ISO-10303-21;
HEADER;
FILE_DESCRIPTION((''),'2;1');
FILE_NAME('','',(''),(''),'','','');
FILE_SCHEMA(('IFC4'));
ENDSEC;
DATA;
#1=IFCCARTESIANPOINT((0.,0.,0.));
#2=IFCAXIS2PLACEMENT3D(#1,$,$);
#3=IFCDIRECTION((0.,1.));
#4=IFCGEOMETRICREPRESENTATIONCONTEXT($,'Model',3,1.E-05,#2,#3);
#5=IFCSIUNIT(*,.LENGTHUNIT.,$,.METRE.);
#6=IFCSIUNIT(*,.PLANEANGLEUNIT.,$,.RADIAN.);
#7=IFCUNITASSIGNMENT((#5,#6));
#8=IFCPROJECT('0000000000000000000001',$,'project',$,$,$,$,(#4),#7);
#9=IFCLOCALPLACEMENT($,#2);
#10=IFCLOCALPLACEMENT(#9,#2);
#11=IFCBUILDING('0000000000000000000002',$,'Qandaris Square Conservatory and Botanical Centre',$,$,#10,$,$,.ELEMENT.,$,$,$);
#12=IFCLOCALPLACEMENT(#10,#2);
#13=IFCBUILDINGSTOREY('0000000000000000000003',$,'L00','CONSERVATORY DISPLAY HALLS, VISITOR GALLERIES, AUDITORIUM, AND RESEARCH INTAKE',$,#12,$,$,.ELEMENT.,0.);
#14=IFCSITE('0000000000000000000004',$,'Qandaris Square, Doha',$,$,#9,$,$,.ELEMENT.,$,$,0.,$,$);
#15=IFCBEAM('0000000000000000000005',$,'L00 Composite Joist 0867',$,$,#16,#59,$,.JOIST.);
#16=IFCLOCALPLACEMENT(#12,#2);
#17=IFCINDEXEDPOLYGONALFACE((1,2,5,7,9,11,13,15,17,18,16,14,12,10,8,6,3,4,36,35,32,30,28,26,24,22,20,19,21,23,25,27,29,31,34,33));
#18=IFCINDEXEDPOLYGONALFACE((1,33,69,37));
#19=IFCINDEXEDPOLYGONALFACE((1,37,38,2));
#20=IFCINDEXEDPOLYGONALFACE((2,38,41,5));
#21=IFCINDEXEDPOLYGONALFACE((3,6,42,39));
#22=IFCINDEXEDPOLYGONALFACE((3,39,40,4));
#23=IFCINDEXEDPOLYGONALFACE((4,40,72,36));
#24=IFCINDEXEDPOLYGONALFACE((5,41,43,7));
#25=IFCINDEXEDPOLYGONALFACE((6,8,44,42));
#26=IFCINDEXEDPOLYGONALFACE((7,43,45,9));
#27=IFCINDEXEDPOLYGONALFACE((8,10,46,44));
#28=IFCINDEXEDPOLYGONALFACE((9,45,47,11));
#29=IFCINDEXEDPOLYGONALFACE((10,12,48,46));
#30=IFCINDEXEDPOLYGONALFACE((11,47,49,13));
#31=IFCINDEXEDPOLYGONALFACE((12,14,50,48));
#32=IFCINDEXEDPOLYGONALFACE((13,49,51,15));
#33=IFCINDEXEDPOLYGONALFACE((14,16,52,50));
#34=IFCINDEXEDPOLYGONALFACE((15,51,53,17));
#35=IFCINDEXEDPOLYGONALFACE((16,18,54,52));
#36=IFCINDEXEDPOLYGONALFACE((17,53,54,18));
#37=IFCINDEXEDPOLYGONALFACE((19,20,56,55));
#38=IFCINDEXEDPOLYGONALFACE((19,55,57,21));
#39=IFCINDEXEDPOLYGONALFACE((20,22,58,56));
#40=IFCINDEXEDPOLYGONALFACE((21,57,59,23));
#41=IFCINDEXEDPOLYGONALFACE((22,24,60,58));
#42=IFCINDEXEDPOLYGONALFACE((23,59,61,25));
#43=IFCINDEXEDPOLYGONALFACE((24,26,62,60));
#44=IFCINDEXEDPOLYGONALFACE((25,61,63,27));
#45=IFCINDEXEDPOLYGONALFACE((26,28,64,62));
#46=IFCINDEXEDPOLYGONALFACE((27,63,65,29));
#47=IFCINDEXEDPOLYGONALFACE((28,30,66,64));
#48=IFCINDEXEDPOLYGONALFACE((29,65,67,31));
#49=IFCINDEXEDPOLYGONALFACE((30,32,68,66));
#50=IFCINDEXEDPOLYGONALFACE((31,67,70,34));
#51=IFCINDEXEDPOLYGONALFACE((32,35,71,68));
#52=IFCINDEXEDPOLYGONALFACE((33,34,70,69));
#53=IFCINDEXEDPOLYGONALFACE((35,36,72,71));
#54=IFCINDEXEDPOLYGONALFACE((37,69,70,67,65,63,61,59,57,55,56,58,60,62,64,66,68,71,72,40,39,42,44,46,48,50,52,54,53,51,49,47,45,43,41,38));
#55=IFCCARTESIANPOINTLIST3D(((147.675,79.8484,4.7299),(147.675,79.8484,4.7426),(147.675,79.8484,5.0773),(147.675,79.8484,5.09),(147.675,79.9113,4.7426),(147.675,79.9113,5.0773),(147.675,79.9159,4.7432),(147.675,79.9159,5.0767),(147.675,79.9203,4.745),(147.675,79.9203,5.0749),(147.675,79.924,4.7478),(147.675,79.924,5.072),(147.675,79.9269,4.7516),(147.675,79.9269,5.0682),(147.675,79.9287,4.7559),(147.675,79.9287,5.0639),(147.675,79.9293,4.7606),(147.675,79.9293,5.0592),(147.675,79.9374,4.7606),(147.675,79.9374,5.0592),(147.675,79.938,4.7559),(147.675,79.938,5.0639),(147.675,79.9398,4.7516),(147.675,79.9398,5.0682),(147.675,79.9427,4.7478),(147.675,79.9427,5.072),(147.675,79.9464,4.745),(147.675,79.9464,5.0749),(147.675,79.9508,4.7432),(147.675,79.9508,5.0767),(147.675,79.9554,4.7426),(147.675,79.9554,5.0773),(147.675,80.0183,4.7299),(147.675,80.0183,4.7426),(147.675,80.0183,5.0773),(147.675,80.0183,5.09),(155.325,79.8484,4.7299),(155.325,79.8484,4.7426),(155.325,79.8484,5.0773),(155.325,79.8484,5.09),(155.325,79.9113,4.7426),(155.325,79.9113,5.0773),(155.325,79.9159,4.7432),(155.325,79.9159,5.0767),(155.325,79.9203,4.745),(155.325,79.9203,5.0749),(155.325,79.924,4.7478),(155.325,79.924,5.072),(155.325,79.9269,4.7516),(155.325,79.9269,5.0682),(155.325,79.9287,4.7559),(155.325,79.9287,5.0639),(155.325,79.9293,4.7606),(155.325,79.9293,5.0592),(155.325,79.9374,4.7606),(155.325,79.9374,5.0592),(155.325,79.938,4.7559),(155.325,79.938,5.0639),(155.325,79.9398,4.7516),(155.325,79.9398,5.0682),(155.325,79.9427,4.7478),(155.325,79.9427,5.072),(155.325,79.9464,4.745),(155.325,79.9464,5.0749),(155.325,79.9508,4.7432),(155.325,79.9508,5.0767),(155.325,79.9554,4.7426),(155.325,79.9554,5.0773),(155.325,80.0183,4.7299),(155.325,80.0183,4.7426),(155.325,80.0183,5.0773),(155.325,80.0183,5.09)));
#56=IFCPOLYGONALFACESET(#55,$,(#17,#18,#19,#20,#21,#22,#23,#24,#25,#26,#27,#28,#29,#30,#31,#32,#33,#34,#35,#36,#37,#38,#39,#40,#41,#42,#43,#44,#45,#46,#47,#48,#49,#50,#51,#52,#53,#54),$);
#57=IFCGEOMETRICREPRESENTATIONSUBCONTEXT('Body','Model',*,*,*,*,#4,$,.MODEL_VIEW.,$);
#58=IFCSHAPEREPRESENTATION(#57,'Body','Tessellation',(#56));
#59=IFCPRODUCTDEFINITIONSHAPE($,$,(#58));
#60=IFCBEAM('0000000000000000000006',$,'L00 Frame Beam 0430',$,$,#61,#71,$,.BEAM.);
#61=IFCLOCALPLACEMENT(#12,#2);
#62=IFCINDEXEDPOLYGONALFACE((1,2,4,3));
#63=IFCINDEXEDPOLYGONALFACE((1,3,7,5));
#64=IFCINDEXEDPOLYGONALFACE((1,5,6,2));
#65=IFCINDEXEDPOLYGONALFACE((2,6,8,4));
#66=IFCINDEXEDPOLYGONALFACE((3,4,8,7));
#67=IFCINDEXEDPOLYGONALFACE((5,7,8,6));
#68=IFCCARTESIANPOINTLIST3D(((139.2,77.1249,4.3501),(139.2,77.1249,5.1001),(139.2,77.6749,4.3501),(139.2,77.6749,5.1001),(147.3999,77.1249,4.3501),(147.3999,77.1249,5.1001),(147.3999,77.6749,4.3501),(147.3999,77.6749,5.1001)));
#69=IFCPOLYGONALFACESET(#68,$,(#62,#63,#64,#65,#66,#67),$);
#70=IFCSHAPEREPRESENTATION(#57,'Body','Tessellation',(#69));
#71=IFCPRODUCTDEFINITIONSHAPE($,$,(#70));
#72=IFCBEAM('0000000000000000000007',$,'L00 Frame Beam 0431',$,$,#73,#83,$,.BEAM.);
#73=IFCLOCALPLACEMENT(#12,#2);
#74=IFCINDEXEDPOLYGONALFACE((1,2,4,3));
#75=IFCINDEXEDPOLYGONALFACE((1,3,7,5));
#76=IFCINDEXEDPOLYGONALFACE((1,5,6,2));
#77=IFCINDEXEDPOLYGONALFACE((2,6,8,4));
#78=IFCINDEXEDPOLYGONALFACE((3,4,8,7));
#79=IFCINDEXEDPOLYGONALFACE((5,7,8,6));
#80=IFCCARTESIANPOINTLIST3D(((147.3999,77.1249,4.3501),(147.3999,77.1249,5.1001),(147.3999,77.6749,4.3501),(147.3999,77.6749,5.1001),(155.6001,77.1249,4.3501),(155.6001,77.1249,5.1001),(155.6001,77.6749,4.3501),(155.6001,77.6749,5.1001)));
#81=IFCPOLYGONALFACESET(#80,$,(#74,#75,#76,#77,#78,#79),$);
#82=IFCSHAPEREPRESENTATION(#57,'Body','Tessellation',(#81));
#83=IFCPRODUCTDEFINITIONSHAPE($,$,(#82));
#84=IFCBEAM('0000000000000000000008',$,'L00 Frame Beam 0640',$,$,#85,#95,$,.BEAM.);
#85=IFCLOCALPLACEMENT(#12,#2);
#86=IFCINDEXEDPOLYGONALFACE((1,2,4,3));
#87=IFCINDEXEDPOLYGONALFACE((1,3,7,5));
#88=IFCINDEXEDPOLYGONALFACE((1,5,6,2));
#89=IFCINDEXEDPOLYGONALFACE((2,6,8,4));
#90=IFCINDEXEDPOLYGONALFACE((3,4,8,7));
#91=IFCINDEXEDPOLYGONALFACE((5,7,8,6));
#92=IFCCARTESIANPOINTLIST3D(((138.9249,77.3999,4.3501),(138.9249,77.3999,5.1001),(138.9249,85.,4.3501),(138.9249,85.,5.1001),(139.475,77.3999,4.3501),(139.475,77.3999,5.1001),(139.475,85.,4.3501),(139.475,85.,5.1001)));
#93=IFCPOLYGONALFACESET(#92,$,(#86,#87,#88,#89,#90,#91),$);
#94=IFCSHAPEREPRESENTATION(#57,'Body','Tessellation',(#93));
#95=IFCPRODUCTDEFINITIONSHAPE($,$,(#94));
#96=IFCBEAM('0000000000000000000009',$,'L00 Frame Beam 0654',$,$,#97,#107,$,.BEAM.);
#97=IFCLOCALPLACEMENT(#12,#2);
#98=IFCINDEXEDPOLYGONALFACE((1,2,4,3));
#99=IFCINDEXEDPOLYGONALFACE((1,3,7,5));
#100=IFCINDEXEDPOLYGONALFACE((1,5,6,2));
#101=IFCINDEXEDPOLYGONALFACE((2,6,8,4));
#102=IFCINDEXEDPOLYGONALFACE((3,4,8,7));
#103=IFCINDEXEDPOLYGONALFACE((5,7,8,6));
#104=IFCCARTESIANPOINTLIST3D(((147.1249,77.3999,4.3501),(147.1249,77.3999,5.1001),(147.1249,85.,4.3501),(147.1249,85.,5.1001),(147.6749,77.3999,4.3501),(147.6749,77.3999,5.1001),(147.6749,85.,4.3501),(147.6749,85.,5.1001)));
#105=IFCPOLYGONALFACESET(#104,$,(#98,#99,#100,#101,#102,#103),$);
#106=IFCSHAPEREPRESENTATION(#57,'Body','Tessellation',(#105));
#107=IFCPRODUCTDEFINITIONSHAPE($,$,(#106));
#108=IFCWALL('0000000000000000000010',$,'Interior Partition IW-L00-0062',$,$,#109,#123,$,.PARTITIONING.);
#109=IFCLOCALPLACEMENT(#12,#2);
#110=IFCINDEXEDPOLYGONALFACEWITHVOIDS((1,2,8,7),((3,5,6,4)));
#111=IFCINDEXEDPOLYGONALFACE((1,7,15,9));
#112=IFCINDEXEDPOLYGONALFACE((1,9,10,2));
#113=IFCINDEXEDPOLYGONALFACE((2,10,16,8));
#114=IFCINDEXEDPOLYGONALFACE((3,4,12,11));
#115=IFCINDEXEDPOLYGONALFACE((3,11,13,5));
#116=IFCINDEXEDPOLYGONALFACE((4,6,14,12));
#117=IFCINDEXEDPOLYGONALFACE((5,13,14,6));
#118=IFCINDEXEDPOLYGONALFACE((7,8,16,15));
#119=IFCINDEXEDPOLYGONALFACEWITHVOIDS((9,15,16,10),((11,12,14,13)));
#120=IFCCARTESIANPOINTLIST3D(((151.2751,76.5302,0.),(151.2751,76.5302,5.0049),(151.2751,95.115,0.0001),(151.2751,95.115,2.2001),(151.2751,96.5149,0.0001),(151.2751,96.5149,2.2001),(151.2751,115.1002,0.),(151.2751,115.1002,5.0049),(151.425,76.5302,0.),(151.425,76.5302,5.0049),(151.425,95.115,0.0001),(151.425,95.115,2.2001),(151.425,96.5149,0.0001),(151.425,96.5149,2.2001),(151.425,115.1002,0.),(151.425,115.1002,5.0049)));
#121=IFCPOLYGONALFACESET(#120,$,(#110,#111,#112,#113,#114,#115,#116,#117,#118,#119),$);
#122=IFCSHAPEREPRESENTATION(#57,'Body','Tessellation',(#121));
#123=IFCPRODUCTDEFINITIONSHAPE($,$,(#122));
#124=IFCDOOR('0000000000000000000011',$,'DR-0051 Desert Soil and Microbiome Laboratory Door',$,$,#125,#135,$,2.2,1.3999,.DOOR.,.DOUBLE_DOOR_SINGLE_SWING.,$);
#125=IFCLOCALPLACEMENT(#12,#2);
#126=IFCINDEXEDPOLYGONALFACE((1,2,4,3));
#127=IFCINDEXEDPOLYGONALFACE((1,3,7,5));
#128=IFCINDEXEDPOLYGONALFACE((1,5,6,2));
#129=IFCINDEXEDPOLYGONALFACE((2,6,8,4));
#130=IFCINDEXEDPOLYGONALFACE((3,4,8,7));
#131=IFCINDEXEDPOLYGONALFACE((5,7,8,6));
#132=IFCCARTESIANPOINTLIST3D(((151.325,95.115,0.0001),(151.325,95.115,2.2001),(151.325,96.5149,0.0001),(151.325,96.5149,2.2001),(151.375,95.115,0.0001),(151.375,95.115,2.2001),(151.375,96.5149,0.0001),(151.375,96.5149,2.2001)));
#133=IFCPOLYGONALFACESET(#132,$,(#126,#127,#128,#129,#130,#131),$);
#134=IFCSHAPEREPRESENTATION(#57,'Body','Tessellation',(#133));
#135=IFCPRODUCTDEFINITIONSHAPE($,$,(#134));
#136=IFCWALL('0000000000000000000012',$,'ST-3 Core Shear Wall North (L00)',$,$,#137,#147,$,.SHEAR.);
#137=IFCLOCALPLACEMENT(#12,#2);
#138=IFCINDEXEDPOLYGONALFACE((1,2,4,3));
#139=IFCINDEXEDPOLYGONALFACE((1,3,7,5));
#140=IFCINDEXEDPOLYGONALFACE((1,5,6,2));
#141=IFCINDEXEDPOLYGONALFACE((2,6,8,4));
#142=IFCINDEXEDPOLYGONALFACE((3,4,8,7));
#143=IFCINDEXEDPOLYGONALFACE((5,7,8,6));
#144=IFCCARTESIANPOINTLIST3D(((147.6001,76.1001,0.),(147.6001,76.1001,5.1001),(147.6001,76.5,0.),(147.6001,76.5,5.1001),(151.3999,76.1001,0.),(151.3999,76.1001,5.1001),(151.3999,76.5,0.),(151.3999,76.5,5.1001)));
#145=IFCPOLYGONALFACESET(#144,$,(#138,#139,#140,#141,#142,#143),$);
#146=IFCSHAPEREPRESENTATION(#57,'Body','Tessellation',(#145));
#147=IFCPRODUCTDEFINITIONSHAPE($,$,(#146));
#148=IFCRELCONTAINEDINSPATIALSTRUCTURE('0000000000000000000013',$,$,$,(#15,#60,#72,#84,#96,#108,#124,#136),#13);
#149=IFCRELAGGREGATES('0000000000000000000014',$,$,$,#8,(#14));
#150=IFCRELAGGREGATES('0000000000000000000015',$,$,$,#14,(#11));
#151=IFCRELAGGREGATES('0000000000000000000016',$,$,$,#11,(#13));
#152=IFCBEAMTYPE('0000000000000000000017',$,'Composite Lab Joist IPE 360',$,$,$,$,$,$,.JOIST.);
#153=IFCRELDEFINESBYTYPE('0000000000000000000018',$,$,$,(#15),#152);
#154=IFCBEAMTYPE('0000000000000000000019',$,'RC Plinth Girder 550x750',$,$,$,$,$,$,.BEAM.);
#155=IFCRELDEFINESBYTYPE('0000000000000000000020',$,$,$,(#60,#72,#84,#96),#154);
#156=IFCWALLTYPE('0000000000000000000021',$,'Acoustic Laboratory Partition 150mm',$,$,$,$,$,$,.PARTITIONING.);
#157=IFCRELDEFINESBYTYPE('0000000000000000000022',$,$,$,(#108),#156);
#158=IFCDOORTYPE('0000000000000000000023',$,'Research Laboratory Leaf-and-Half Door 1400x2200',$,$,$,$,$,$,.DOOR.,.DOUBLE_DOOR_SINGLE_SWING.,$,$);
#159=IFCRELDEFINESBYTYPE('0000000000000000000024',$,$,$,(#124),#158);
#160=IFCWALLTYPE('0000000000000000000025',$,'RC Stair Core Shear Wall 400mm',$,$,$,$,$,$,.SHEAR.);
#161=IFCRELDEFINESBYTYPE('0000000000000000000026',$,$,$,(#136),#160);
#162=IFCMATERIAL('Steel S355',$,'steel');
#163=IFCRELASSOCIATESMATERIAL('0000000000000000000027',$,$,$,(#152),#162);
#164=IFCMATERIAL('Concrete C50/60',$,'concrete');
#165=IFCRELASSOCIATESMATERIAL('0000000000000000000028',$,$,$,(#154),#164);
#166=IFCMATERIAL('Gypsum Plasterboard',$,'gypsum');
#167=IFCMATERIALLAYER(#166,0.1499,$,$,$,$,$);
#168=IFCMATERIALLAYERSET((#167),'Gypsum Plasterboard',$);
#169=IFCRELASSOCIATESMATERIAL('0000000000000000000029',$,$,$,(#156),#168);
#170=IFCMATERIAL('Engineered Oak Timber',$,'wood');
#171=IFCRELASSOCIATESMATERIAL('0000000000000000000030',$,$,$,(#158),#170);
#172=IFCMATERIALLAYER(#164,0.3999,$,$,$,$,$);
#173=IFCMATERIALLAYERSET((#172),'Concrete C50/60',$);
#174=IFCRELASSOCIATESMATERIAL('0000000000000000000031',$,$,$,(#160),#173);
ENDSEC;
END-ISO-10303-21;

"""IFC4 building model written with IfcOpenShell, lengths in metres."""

from ifc_helpers import new_model, si_unit, direction, frame, frame_2d, origin, origin_2d, place, context, subcontext, project, spatial, rectangle, i_section, extrude, material, layer, layer_set, material_profile, profile_set, type_object, element, fill, save


model = new_model("IFC4")

# Units and contexts
model_context = context("Model", 3, precision=1e-05, world=origin(), true_north=direction((0.0, 1.0)))
body_context = subcontext(model_context, "Body", "Model", "MODEL_VIEW")
ifc_project = project(units=[si_unit("LENGTHUNIT", "METRE"), si_unit("PLANEANGLEUNIT", "RADIAN")], contexts=[model_context])

# Site, building, storey
site_placement = place(None, origin())
site = spatial("IfcSite", under=ifc_project, at=site_placement, Name="Qandaris Square, Doha", CompositionType="ELEMENT", RefElevation=0.0)
building_placement = place(site_placement, origin())
building = spatial("IfcBuilding", under=site, at=building_placement, Name="Qandaris Square Conservatory and Botanical Centre", CompositionType="ELEMENT")
storey_placement = place(building_placement, origin())
storey = spatial("IfcBuildingStorey", under=building, at=storey_placement, Name="L00", Description="CONSERVATORY DISPLAY HALLS, VISITOR GALLERIES, AUDITORIUM, AND RESEARCH INTAKE", CompositionType="ELEMENT", Elevation=0.0)

# Shared definitions
ifc_material_1 = material(Name="Concrete C50/60", Category="concrete")

# Beams
ifc_material_2 = material(Name="Steel S355", Category="steel")
ifc_material_profile_1 = material_profile(ifc_material_2, i_section(OverallWidth=0.1699, OverallDepth=0.3601, WebThickness=0.0081, FlangeThickness=0.0127, FilletRadius=0.0181, at=origin_2d()), Name="IPE 360")
ifc_profile_set_1 = profile_set([ifc_material_profile_1], Name="Steel S355")
beam_type_1 = type_object("IfcBeamType", Name="Composite Lab Joist IPE 360", PredefinedType="JOIST", material=ifc_profile_set_1)
beam_1_placement = place(storey_placement, frame((147.675, 79.9333, 4.9099), z_axis=(1.0, 0.0, 0.0), x_axis=(0.0, 1.0, 0.0)))
element("IfcBeam", 1, at=beam_1_placement, inside=storey, type_object=beam_type_1, Name="L00 Composite Joist 0867", PredefinedType="JOIST", context=body_context, shape_type="SweptSolid", body=[
    extrude(i_section(OverallWidth=0.1699, OverallDepth=0.3601, WebThickness=0.0081, FlangeThickness=0.0127, FilletRadius=0.0181, at=origin_2d()), origin(), (0.0, 0.0, 1.0), 7.6499),
])
ifc_material_profile_2 = material_profile(ifc_material_1, rectangle(XDim=0.55, YDim=0.75, at=origin_2d()), Name="RC-BM 550x750")
ifc_profile_set_2 = profile_set([ifc_material_profile_2], Name="Concrete C50/60")
beam_type_2 = type_object("IfcBeamType", Name="RC Plinth Girder 550x750", PredefinedType="BEAM", material=ifc_profile_set_2)
beam_2_placement = place(storey_placement, frame((139.2, 77.3999, 4.7251), z_axis=(1.0, 0.0, 0.0), x_axis=(0.0, 1.0, 0.0)))
element("IfcBeam", 2, at=beam_2_placement, inside=storey, type_object=beam_type_2, Name="L00 Frame Beam 0430", PredefinedType="BEAM", context=body_context, shape_type="SweptSolid", body=[
    extrude(rectangle(XDim=0.55, YDim=0.75, at=origin_2d()), origin(), (0.0, 0.0, 1.0), 8.2),
])
beam_3_placement = place(storey_placement, frame((147.3999, 77.3999, 4.7251), z_axis=(1.0, 0.0, 0.0), x_axis=(0.0, 1.0, 0.0)))
element("IfcBeam", 3, at=beam_3_placement, inside=storey, type_object=beam_type_2, Name="L00 Frame Beam 0431", PredefinedType="BEAM", context=body_context, shape_type="SweptSolid", body=[
    extrude(rectangle(XDim=0.55, YDim=0.75, at=origin_2d()), origin(), (0.0, 0.0, 1.0), 8.2002),
])
for number, where, z_axis, x_axis, name in (
    (4, (139.2, 77.3999, 4.7251), (0.0, 1.0, 0.0), (-1.0, 0.0, 0.0), "L00 Frame Beam 0640"),
    (5, (147.3999, 77.3999, 4.7251), (0.0, 1.0, 0.0), (-1.0, 0.0, 0.0), "L00 Frame Beam 0654"),
):
    element("IfcBeam", number, at=place(storey_placement, frame(where, z_axis=z_axis, x_axis=x_axis)), inside=storey, type_object=beam_type_2, Name=name, PredefinedType="BEAM", context=body_context, shape_type="SweptSolid", body=[
        extrude(rectangle(XDim=0.55, YDim=0.75, at=origin_2d()), origin(), (0.0, 0.0, 1.0), 7.6001),
    ])

# Wall, opening, door
ifc_material_3 = material(Name="Gypsum Plasterboard", Category="gypsum")
ifc_layer_1 = layer(ifc_material_3, 0.1499)
ifc_layer_set_1 = layer_set([ifc_layer_1], Name="Gypsum Plasterboard")
wall_type_1 = type_object("IfcWallType", Name="Acoustic Laboratory Partition 150mm", PredefinedType="PARTITIONING", material=ifc_layer_set_1)
wall_1_placement = place(storey_placement, frame((151.3501, 76.53, 0.0), z_axis=(0.0, 0.0, 1.0), x_axis=(0.0, 1.0, 0.0)))
wall_1 = element("IfcWall", 6, at=wall_1_placement, inside=storey, type_object=wall_type_1, Name="Interior Partition IW-L00-0062", PredefinedType="PARTITIONING", context=body_context, shape_type="SweptSolid", body=[
    extrude(rectangle(XDim=38.5701, YDim=0.1499, at=frame_2d((19.2852, 0.0))), origin(), (0.0, 0.0, 1.0), 5.0049),
])
opening_placement = place(wall_1_placement, frame((18.585, 0.0, 0.0)))
opening = element("IfcOpeningElement", 7, at=opening_placement, cuts=wall_1, PredefinedType="OPENING", context=body_context, shape_type="SweptSolid", body=[
    extrude(rectangle(XDim=1.3999, YDim=2.2, at=frame_2d((0.7, 1.1001))), frame((0.0, 0.0869, 0.0), z_axis=(0.0, -1.0, 0.0), x_axis=(1.0, 0.0, 0.0)), (0.0, 0.0, 1.0), 0.1738),
])
ifc_material_4 = material(Name="Engineered Oak Timber", Category="wood")
door_type = type_object("IfcDoorType", Name="Research Laboratory Leaf-and-Half Door 1400x2200", OperationType="DOUBLE_DOOR_SINGLE_SWING", PredefinedType="DOOR", material=ifc_material_4)
door_placement = place(opening_placement, frame((1.3999, 0.0, 0.0), z_axis=(0.0, 0.0, 1.0), x_axis=(-1.0, 0.0, 0.0)))
door = element("IfcDoor", 8, at=door_placement, inside=storey, type_object=door_type, Name="DR-0051 Desert Soil and Microbiome Laboratory Door", OperationType="DOUBLE_DOOR_SINGLE_SWING", OverallHeight=2.2, OverallWidth=1.3999, PredefinedType="DOOR", context=body_context, shape_type="SweptSolid", body=[
    extrude(rectangle(XDim=1.3999, YDim=2.2, at=frame_2d((0.7, 1.1001))), frame((0.0, 0.0249, 0.0), z_axis=(0.0, -1.0, 0.0), x_axis=(1.0, 0.0, 0.0)), (0.0, 0.0, 1.0), 0.05),
])
fill(opening, door)

# Wall
ifc_layer_2 = layer(ifc_material_1, 0.3999)
ifc_layer_set_2 = layer_set([ifc_layer_2], Name="Concrete C50/60")
wall_type_2 = type_object("IfcWallType", Name="RC Stair Core Shear Wall 400mm", PredefinedType="SHEAR", material=ifc_layer_set_2)
wall_2_placement = place(storey_placement, frame((147.6001, 76.3, 0.0), z_axis=(0.0, 0.0, 1.0), x_axis=(1.0, 0.0, 0.0)))
element("IfcWall", 9, at=wall_2_placement, inside=storey, type_object=wall_type_2, Name="ST-3 Core Shear Wall North (L00)", PredefinedType="SHEAR", context=body_context, shape_type="SweptSolid", body=[
    extrude(rectangle(XDim=3.7998, YDim=0.3999, at=frame_2d((1.8999, 0.0))), origin(), (0.0, 0.0, 1.0), 5.1001),
])

save(model, "model.ifc")
